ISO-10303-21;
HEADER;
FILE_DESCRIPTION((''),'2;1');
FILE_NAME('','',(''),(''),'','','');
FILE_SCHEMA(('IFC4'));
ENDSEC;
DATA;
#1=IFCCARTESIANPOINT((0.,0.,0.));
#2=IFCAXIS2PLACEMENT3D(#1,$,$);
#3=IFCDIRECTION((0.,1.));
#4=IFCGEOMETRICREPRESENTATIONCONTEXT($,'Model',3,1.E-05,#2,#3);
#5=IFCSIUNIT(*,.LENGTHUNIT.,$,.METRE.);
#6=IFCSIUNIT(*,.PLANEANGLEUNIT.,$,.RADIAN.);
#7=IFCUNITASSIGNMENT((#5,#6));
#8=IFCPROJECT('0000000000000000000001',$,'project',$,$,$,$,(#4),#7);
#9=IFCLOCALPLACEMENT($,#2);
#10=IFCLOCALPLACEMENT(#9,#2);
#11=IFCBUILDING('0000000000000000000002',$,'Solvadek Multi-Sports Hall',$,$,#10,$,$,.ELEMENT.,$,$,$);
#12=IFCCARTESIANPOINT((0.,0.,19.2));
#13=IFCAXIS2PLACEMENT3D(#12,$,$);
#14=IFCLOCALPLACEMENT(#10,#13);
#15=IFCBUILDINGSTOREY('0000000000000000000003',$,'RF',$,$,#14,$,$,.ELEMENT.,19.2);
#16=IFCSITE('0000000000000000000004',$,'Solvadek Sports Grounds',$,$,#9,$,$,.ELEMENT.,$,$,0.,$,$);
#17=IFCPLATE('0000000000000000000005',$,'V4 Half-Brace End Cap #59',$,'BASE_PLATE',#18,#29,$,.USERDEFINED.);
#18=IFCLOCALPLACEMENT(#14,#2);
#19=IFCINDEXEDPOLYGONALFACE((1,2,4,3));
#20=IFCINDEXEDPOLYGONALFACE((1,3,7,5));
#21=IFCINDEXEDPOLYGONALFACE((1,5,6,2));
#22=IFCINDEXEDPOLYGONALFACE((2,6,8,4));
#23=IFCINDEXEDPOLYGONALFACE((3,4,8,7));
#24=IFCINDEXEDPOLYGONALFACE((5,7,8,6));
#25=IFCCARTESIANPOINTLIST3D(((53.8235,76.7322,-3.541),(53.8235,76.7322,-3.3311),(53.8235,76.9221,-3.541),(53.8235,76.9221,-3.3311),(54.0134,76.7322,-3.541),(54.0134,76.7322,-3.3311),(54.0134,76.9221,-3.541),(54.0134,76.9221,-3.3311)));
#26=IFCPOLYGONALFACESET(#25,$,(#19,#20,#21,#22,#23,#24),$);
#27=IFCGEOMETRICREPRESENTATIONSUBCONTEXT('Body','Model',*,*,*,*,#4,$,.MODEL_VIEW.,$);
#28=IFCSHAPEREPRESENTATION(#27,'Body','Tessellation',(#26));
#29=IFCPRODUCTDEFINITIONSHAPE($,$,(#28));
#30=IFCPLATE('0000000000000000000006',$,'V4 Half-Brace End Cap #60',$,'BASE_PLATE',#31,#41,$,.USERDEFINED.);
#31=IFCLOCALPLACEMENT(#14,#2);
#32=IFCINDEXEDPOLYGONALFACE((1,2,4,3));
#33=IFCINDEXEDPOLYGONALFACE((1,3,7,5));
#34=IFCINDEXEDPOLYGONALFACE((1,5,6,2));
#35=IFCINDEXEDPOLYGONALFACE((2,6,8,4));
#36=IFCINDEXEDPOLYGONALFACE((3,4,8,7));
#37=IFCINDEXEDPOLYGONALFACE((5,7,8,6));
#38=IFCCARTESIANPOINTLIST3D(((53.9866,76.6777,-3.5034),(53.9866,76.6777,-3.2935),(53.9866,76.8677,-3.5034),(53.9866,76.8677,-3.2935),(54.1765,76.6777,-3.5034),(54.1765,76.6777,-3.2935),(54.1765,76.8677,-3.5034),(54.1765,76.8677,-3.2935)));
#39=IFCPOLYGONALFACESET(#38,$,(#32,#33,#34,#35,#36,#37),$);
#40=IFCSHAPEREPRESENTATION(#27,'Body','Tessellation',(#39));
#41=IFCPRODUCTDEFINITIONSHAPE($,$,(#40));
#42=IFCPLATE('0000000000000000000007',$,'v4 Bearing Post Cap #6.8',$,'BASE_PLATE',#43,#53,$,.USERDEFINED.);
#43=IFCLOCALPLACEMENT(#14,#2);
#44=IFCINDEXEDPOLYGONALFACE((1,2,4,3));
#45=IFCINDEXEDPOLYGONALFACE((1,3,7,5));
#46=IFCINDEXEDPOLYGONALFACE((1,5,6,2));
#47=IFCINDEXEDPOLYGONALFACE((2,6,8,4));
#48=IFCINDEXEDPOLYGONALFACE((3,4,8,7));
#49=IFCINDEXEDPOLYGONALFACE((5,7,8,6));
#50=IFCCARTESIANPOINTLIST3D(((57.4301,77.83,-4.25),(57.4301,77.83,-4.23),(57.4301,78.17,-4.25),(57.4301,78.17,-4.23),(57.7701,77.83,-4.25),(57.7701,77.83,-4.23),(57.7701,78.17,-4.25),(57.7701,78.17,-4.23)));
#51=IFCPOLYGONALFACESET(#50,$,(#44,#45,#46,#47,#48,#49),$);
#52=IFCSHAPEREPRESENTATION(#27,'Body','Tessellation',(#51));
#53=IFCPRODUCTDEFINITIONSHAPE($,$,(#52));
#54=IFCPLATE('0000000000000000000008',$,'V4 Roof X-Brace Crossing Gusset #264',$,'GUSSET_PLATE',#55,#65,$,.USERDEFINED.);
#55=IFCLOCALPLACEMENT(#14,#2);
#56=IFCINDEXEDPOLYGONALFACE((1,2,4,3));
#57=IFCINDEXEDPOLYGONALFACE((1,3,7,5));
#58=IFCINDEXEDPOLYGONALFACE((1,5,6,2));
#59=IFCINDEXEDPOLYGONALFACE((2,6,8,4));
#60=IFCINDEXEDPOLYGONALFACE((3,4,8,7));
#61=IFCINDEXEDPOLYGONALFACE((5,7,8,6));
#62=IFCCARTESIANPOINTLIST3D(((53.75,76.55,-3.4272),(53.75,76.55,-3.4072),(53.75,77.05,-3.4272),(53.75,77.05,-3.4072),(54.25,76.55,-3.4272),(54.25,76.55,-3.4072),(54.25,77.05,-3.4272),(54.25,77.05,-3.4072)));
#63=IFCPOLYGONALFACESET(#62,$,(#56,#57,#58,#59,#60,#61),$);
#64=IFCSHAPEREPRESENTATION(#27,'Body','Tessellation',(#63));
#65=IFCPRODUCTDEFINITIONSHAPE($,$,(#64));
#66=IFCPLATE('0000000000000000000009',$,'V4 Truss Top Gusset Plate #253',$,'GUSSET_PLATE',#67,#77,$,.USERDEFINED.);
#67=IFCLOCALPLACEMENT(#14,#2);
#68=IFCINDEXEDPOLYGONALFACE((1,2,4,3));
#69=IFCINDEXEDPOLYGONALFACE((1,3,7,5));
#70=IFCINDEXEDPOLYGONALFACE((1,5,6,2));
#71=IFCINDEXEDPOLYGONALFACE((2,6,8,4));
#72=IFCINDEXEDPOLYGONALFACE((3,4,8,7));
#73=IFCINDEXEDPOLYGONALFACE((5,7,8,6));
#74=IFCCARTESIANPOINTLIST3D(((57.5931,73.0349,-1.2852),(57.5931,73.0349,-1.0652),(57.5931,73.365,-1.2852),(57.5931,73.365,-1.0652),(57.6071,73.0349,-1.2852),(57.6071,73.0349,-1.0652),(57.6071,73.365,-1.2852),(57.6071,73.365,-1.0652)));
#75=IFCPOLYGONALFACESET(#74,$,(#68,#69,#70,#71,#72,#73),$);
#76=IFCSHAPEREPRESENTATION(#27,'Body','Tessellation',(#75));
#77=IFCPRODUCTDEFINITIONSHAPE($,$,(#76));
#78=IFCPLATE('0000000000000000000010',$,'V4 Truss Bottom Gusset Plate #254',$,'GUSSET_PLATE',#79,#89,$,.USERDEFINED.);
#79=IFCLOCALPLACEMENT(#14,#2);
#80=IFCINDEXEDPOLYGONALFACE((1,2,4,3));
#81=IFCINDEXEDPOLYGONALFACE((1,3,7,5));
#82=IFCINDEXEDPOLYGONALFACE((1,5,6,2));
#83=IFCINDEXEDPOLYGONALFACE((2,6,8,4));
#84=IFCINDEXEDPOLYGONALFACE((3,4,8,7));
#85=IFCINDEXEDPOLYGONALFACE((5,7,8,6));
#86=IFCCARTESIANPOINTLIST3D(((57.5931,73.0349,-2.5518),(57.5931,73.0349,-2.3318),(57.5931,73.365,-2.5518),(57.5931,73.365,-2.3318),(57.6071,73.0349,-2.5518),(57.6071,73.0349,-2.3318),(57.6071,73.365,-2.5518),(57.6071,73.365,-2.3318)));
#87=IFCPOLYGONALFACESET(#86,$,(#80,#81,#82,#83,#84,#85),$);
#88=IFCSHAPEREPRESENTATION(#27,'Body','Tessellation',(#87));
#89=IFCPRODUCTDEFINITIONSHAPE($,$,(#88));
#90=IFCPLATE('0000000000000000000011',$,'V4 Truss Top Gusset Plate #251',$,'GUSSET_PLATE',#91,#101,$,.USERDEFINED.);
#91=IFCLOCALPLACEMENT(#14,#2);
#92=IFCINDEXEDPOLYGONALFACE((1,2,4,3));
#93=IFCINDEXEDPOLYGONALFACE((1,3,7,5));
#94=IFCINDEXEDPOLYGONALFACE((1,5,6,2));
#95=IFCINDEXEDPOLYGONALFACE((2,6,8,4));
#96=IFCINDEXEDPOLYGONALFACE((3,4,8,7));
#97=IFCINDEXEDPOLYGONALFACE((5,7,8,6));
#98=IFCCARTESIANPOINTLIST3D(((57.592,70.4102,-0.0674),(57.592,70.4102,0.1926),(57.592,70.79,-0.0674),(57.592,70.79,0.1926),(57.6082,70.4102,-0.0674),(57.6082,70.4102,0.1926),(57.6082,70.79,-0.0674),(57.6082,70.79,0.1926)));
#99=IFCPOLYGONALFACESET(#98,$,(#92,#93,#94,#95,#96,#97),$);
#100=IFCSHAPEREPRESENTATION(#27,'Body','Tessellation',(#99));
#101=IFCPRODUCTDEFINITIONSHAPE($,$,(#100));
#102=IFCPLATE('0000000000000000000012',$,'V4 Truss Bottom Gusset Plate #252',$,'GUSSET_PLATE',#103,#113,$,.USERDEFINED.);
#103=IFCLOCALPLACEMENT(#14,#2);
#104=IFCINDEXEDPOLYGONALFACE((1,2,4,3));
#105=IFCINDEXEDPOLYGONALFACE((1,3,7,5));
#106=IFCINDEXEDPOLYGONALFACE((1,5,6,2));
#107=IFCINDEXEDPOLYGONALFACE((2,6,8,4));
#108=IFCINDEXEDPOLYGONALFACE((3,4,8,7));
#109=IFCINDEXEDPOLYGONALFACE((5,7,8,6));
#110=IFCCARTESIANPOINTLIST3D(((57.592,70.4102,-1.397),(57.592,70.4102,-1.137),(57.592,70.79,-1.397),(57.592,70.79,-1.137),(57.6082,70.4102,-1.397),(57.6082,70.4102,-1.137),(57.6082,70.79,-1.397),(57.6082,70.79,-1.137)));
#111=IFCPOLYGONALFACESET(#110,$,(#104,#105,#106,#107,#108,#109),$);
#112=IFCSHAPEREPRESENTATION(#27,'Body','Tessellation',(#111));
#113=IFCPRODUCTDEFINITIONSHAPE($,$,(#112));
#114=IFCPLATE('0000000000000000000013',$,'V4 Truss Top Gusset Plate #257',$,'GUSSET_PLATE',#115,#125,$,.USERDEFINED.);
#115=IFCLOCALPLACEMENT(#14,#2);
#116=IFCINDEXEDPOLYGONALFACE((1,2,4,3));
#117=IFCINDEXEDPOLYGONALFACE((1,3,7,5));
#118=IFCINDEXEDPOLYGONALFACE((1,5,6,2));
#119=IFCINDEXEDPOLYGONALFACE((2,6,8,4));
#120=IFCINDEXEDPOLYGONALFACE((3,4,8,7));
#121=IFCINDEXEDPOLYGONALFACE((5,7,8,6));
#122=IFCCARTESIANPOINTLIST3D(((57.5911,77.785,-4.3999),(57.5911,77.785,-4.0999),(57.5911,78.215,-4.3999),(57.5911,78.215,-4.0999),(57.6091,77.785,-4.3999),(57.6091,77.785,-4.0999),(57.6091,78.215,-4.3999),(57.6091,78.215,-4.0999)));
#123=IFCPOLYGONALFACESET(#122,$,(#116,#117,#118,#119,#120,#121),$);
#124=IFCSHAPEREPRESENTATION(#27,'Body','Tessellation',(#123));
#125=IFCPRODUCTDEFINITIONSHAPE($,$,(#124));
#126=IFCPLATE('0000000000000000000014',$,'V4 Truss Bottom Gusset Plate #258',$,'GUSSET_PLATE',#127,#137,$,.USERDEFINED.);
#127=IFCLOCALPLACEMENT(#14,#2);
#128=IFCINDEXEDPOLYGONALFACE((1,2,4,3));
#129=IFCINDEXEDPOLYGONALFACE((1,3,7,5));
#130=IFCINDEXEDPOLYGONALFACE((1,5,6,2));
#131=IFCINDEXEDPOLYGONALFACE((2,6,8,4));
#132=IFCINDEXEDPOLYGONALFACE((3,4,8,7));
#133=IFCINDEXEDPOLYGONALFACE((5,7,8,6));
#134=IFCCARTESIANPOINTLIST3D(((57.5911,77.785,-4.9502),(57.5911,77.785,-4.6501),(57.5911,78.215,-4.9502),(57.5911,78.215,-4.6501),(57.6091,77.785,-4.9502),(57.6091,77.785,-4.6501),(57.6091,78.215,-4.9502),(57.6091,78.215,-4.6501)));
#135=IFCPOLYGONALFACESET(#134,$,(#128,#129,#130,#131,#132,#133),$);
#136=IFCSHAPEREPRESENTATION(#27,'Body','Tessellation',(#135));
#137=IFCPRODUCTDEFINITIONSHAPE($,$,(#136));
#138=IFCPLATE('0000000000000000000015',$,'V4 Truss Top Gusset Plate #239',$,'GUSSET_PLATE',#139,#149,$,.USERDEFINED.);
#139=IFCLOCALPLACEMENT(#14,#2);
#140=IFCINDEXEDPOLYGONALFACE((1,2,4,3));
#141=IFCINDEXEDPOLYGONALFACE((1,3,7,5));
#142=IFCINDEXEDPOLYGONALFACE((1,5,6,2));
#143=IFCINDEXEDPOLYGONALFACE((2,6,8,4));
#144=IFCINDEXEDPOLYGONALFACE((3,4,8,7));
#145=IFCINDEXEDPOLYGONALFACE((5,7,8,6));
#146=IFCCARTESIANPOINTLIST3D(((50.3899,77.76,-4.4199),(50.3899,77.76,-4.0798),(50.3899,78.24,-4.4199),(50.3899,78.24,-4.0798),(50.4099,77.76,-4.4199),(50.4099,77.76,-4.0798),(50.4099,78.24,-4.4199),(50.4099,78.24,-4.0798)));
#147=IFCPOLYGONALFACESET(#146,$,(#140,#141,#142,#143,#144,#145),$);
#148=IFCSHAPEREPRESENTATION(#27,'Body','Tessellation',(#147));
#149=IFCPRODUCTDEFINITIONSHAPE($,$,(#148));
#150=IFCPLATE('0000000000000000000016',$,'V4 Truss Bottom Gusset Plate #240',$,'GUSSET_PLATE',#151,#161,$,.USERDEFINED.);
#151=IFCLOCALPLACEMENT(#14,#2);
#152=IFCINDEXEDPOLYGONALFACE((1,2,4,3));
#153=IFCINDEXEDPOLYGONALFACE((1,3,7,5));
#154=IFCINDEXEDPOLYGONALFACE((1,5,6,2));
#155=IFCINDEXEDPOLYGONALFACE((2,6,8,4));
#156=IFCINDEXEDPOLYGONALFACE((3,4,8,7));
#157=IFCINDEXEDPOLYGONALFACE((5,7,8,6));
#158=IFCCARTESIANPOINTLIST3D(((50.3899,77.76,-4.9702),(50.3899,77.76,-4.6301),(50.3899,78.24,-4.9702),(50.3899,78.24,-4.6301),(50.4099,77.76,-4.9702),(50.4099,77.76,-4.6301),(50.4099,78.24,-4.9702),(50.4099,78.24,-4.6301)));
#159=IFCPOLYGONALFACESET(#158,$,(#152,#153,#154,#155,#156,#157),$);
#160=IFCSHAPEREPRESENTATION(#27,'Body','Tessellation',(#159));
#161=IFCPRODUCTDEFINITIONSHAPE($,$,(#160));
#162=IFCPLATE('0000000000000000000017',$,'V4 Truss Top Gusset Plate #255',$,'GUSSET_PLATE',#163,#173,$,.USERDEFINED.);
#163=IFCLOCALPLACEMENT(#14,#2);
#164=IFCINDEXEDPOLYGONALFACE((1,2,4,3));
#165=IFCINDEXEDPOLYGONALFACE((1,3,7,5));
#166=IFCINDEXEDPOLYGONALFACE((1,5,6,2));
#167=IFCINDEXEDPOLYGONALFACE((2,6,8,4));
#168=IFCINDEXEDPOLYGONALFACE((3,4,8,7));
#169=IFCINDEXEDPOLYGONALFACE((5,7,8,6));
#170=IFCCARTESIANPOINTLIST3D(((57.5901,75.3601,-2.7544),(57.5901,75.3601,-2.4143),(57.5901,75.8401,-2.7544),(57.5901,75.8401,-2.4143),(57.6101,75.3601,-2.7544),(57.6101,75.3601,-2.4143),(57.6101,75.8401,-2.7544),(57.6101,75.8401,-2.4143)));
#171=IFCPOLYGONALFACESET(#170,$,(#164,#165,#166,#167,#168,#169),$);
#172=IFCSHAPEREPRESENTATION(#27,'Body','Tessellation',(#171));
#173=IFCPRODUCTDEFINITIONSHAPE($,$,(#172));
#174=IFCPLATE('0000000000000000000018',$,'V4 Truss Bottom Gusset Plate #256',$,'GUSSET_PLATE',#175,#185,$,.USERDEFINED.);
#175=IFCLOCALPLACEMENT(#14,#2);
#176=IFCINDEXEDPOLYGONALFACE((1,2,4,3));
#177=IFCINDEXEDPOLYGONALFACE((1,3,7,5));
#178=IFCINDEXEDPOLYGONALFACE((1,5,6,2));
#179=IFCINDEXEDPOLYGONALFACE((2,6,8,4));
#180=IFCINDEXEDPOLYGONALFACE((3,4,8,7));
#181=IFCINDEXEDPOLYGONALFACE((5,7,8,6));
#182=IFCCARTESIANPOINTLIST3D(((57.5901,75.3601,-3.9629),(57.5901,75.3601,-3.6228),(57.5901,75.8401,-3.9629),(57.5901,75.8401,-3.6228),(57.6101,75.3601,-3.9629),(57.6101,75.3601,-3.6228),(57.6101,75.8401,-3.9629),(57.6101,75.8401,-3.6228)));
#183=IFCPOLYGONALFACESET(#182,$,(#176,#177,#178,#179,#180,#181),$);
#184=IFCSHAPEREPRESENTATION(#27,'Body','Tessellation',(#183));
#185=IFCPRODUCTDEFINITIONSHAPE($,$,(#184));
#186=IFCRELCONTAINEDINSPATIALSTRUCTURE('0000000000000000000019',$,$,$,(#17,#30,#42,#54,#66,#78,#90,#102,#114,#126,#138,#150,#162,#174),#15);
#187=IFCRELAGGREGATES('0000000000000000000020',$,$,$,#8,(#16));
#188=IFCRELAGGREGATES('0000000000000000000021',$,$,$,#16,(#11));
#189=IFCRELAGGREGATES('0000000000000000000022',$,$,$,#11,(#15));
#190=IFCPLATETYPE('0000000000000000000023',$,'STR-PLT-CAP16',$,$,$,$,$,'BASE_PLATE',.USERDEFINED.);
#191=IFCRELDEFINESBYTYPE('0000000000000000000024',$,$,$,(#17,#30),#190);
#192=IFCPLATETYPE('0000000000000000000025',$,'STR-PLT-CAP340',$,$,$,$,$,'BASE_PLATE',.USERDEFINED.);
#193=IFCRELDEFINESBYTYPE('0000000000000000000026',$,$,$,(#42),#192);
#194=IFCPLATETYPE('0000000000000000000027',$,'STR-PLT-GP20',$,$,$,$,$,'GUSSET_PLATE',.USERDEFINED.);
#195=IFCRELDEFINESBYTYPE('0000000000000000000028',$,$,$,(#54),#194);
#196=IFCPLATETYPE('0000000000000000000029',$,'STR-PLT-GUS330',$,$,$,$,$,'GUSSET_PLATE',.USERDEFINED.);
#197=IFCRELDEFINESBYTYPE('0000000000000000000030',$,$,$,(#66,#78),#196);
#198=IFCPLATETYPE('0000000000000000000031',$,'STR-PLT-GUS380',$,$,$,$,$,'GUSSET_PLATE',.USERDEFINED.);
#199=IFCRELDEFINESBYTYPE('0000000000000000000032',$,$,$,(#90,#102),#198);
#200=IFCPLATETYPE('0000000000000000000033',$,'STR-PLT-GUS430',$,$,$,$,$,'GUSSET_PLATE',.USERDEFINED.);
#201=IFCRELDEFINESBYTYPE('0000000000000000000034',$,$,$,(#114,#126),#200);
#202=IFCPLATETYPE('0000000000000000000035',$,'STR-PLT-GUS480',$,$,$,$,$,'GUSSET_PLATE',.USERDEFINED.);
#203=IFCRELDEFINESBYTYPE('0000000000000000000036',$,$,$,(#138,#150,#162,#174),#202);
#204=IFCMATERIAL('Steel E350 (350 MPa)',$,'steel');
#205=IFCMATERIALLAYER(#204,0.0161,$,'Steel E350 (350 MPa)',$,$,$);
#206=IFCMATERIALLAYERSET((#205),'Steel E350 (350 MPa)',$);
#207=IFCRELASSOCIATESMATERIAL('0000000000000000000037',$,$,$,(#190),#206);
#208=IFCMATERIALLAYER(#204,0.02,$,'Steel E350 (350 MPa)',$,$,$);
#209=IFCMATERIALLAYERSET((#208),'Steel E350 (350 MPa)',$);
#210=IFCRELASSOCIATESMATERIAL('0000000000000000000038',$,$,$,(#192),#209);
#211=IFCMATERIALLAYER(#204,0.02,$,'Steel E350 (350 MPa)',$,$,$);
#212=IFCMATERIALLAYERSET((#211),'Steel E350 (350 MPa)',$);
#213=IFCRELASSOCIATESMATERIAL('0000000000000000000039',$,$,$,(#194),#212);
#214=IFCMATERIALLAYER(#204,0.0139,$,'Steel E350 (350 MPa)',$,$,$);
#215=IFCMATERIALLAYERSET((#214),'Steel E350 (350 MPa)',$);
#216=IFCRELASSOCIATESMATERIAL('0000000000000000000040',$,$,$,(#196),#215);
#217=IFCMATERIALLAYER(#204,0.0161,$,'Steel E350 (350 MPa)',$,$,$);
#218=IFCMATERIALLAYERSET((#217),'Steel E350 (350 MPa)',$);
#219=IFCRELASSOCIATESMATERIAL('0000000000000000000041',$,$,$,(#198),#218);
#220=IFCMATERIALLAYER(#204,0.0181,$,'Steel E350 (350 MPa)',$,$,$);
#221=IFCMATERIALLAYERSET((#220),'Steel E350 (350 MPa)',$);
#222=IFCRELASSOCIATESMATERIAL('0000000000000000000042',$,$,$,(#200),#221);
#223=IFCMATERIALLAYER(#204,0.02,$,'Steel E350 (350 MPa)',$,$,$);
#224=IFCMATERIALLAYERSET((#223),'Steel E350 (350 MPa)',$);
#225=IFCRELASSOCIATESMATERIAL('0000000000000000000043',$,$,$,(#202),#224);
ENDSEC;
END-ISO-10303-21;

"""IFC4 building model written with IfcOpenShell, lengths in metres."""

from ifc_helpers import new_model, si_unit, direction, frame, origin, origin_2d, place, context, subcontext, project, spatial, rectangle, extrude, material, layer, layer_set, type_object, element, save


model = new_model("IFC4")

# Units and contexts
model_context = context("Model", 3, precision=1e-05, world=origin(), true_north=direction((0.0, 1.0)))
body_context = subcontext(model_context, "Body", "Model", "MODEL_VIEW")
ifc_project = project(units=[si_unit("LENGTHUNIT", "METRE"), si_unit("PLANEANGLEUNIT", "RADIAN")], contexts=[model_context])

# Site, building, storey
site_placement = place(None, origin())
site = spatial("IfcSite", under=ifc_project, at=site_placement, Name="Solvadek Sports Grounds", CompositionType="ELEMENT", RefElevation=0.0)
building_placement = place(site_placement, origin())
building = spatial("IfcBuilding", under=site, at=building_placement, Name="Solvadek Multi-Sports Hall", CompositionType="ELEMENT")
storey_placement = place(building_placement, frame((0.0, 0.0, 19.2)))
storey = spatial("IfcBuildingStorey", under=building, at=storey_placement, Name="RF", CompositionType="ELEMENT", Elevation=19.2)

# Shared definitions
ifc_material_1 = material(Name="Steel E350 (350 MPa)", Category="steel")

# Plates
ifc_layer_1 = layer(ifc_material_1, 0.0161, Name="Steel E350 (350 MPa)")
ifc_layer_set_1 = layer_set([ifc_layer_1], Name="Steel E350 (350 MPa)")
plate_type_1 = type_object("IfcPlateType", Name="STR-PLT-CAP16", ElementType="BASE_PLATE", PredefinedType="USERDEFINED", material=ifc_layer_set_1)
for number, where, z_axis, x_axis, name in (
    (1, (53.9185, 76.8271, -3.541), (0.0, 0.0, 1.0), (1.0, 0.0, 0.0), "V4 Half-Brace End Cap #59"),
    (2, (54.0815, 76.7727, -3.5034), (0.0, 0.0, 1.0), (1.0, 0.0, 0.0), "V4 Half-Brace End Cap #60"),
):
    element("IfcPlate", number, at=place(storey_placement, frame(where, z_axis=z_axis, x_axis=x_axis)), inside=storey, type_object=plate_type_1, Name=name, ObjectType="BASE_PLATE", PredefinedType="USERDEFINED", context=body_context, shape_type="SweptSolid", body=[
        extrude(rectangle(XDim=0.1899, YDim=0.1899, at=origin_2d()), origin(), (0.0, 0.0, 1.0), 0.21),
    ])
ifc_layer_2 = layer(ifc_material_1, 0.02, Name="Steel E350 (350 MPa)")
ifc_layer_set_2 = layer_set([ifc_layer_2], Name="Steel E350 (350 MPa)")
plate_type_2 = type_object("IfcPlateType", Name="STR-PLT-CAP340", ElementType="BASE_PLATE", PredefinedType="USERDEFINED", material=ifc_layer_set_2)
plate_1_placement = place(storey_placement, frame((57.6001, 78.0, -4.25), z_axis=(0.0, 0.0, 1.0), x_axis=(1.0, 0.0, 0.0)))
element("IfcPlate", 3, at=plate_1_placement, inside=storey, type_object=plate_type_2, Name="v4 Bearing Post Cap #6.8", ObjectType="BASE_PLATE", PredefinedType="USERDEFINED", context=body_context, shape_type="SweptSolid", body=[
    extrude(rectangle(XDim=0.3401, YDim=0.3401, at=origin_2d()), origin(), (0.0, 0.0, 1.0), 0.02),
])
ifc_layer_3 = layer(ifc_material_1, 0.02, Name="Steel E350 (350 MPa)")
ifc_layer_set_3 = layer_set([ifc_layer_3], Name="Steel E350 (350 MPa)")
plate_type_3 = type_object("IfcPlateType", Name="STR-PLT-GP20", ElementType="GUSSET_PLATE", PredefinedType="USERDEFINED", material=ifc_layer_set_3)
plate_2_placement = place(storey_placement, frame((54.0, 76.8, -3.4272), z_axis=(0.0, 0.0, 1.0), x_axis=(1.0, 0.0, 0.0)))
element("IfcPlate", 4, at=plate_2_placement, inside=storey, type_object=plate_type_3, Name="V4 Roof X-Brace Crossing Gusset #264", ObjectType="GUSSET_PLATE", PredefinedType="USERDEFINED", context=body_context, shape_type="SweptSolid", body=[
    extrude(rectangle(XDim=0.5, YDim=0.5, at=origin_2d()), origin(), (0.0, 0.0, 1.0), 0.02),
])
ifc_layer_4 = layer(ifc_material_1, 0.0139, Name="Steel E350 (350 MPa)")
ifc_layer_set_4 = layer_set([ifc_layer_4], Name="Steel E350 (350 MPa)")
plate_type_4 = type_object("IfcPlateType", Name="STR-PLT-GUS330", ElementType="GUSSET_PLATE", PredefinedType="USERDEFINED", material=ifc_layer_set_4)
for number, where, z_axis, x_axis, name in (
    (5, (57.6001, 73.2, -1.2852), (0.0, 0.0, 1.0), (0.0, 1.0, 0.0), "V4 Truss Top Gusset Plate #253"),
    (6, (57.6001, 73.2, -2.5518), (0.0, 0.0, 1.0), (0.0, 1.0, 0.0), "V4 Truss Bottom Gusset Plate #254"),
):
    element("IfcPlate", number, at=place(storey_placement, frame(where, z_axis=z_axis, x_axis=x_axis)), inside=storey, type_object=plate_type_4, Name=name, ObjectType="GUSSET_PLATE", PredefinedType="USERDEFINED", context=body_context, shape_type="SweptSolid", body=[
        extrude(rectangle(XDim=0.3301, YDim=0.0139, at=origin_2d()), origin(), (0.0, 0.0, 1.0), 0.22),
    ])
ifc_layer_5 = layer(ifc_material_1, 0.0161, Name="Steel E350 (350 MPa)")
ifc_layer_set_5 = layer_set([ifc_layer_5], Name="Steel E350 (350 MPa)")
plate_type_5 = type_object("IfcPlateType", Name="STR-PLT-GUS380", ElementType="GUSSET_PLATE", PredefinedType="USERDEFINED", material=ifc_layer_set_5)
for number, where, z_axis, x_axis, name in (
    (7, (57.6001, 70.6001, -0.0674), (0.0, 0.0, 1.0), (0.0, 1.0, 0.0), "V4 Truss Top Gusset Plate #251"),
    (8, (57.6001, 70.6001, -1.397), (0.0, 0.0, 1.0), (0.0, 1.0, 0.0), "V4 Truss Bottom Gusset Plate #252"),
):
    element("IfcPlate", number, at=place(storey_placement, frame(where, z_axis=z_axis, x_axis=x_axis)), inside=storey, type_object=plate_type_5, Name=name, ObjectType="GUSSET_PLATE", PredefinedType="USERDEFINED", context=body_context, shape_type="SweptSolid", body=[
        extrude(rectangle(XDim=0.3799, YDim=0.0161, at=origin_2d()), origin(), (0.0, 0.0, 1.0), 0.26),
    ])
ifc_layer_6 = layer(ifc_material_1, 0.0181, Name="Steel E350 (350 MPa)")
ifc_layer_set_6 = layer_set([ifc_layer_6], Name="Steel E350 (350 MPa)")
plate_type_6 = type_object("IfcPlateType", Name="STR-PLT-GUS430", ElementType="GUSSET_PLATE", PredefinedType="USERDEFINED", material=ifc_layer_set_6)
for number, where, z_axis, x_axis, name in (
    (9, (57.6001, 78.0, -4.3999), (0.0, 0.0, 1.0), (0.0, 1.0, 0.0), "V4 Truss Top Gusset Plate #257"),
    (10, (57.6001, 78.0, -4.9502), (0.0, 0.0, 1.0), (0.0, 1.0, 0.0), "V4 Truss Bottom Gusset Plate #258"),
):
    element("IfcPlate", number, at=place(storey_placement, frame(where, z_axis=z_axis, x_axis=x_axis)), inside=storey, type_object=plate_type_6, Name=name, ObjectType="GUSSET_PLATE", PredefinedType="USERDEFINED", context=body_context, shape_type="SweptSolid", body=[
        extrude(rectangle(XDim=0.4299, YDim=0.0181, at=origin_2d()), origin(), (0.0, 0.0, 1.0), 0.3),
    ])
ifc_layer_7 = layer(ifc_material_1, 0.02, Name="Steel E350 (350 MPa)")
ifc_layer_set_7 = layer_set([ifc_layer_7], Name="Steel E350 (350 MPa)")
plate_type_7 = type_object("IfcPlateType", Name="STR-PLT-GUS480", ElementType="GUSSET_PLATE", PredefinedType="USERDEFINED", material=ifc_layer_set_7)
for number, where, z_axis, x_axis, name in (
    (11, (50.3999, 78.0, -4.4199), (0.0, 0.0, 1.0), (0.0, 1.0, 0.0), "V4 Truss Top Gusset Plate #239"),
    (12, (50.3999, 78.0, -4.9702), (0.0, 0.0, 1.0), (0.0, 1.0, 0.0), "V4 Truss Bottom Gusset Plate #240"),
    (13, (57.6001, 75.6001, -2.7544), (0.0, 0.0, 1.0), (0.0, 1.0, 0.0), "V4 Truss Top Gusset Plate #255"),
    (14, (57.6001, 75.6001, -3.9629), (0.0, 0.0, 1.0), (0.0, 1.0, 0.0), "V4 Truss Bottom Gusset Plate #256"),
):
    element("IfcPlate", number, at=place(storey_placement, frame(where, z_axis=z_axis, x_axis=x_axis)), inside=storey, type_object=plate_type_7, Name=name, ObjectType="GUSSET_PLATE", PredefinedType="USERDEFINED", context=body_context, shape_type="SweptSolid", body=[
        extrude(rectangle(XDim=0.48, YDim=0.02, at=origin_2d()), origin(), (0.0, 0.0, 1.0), 0.3401),
    ])

save(model, "model.ifc")
